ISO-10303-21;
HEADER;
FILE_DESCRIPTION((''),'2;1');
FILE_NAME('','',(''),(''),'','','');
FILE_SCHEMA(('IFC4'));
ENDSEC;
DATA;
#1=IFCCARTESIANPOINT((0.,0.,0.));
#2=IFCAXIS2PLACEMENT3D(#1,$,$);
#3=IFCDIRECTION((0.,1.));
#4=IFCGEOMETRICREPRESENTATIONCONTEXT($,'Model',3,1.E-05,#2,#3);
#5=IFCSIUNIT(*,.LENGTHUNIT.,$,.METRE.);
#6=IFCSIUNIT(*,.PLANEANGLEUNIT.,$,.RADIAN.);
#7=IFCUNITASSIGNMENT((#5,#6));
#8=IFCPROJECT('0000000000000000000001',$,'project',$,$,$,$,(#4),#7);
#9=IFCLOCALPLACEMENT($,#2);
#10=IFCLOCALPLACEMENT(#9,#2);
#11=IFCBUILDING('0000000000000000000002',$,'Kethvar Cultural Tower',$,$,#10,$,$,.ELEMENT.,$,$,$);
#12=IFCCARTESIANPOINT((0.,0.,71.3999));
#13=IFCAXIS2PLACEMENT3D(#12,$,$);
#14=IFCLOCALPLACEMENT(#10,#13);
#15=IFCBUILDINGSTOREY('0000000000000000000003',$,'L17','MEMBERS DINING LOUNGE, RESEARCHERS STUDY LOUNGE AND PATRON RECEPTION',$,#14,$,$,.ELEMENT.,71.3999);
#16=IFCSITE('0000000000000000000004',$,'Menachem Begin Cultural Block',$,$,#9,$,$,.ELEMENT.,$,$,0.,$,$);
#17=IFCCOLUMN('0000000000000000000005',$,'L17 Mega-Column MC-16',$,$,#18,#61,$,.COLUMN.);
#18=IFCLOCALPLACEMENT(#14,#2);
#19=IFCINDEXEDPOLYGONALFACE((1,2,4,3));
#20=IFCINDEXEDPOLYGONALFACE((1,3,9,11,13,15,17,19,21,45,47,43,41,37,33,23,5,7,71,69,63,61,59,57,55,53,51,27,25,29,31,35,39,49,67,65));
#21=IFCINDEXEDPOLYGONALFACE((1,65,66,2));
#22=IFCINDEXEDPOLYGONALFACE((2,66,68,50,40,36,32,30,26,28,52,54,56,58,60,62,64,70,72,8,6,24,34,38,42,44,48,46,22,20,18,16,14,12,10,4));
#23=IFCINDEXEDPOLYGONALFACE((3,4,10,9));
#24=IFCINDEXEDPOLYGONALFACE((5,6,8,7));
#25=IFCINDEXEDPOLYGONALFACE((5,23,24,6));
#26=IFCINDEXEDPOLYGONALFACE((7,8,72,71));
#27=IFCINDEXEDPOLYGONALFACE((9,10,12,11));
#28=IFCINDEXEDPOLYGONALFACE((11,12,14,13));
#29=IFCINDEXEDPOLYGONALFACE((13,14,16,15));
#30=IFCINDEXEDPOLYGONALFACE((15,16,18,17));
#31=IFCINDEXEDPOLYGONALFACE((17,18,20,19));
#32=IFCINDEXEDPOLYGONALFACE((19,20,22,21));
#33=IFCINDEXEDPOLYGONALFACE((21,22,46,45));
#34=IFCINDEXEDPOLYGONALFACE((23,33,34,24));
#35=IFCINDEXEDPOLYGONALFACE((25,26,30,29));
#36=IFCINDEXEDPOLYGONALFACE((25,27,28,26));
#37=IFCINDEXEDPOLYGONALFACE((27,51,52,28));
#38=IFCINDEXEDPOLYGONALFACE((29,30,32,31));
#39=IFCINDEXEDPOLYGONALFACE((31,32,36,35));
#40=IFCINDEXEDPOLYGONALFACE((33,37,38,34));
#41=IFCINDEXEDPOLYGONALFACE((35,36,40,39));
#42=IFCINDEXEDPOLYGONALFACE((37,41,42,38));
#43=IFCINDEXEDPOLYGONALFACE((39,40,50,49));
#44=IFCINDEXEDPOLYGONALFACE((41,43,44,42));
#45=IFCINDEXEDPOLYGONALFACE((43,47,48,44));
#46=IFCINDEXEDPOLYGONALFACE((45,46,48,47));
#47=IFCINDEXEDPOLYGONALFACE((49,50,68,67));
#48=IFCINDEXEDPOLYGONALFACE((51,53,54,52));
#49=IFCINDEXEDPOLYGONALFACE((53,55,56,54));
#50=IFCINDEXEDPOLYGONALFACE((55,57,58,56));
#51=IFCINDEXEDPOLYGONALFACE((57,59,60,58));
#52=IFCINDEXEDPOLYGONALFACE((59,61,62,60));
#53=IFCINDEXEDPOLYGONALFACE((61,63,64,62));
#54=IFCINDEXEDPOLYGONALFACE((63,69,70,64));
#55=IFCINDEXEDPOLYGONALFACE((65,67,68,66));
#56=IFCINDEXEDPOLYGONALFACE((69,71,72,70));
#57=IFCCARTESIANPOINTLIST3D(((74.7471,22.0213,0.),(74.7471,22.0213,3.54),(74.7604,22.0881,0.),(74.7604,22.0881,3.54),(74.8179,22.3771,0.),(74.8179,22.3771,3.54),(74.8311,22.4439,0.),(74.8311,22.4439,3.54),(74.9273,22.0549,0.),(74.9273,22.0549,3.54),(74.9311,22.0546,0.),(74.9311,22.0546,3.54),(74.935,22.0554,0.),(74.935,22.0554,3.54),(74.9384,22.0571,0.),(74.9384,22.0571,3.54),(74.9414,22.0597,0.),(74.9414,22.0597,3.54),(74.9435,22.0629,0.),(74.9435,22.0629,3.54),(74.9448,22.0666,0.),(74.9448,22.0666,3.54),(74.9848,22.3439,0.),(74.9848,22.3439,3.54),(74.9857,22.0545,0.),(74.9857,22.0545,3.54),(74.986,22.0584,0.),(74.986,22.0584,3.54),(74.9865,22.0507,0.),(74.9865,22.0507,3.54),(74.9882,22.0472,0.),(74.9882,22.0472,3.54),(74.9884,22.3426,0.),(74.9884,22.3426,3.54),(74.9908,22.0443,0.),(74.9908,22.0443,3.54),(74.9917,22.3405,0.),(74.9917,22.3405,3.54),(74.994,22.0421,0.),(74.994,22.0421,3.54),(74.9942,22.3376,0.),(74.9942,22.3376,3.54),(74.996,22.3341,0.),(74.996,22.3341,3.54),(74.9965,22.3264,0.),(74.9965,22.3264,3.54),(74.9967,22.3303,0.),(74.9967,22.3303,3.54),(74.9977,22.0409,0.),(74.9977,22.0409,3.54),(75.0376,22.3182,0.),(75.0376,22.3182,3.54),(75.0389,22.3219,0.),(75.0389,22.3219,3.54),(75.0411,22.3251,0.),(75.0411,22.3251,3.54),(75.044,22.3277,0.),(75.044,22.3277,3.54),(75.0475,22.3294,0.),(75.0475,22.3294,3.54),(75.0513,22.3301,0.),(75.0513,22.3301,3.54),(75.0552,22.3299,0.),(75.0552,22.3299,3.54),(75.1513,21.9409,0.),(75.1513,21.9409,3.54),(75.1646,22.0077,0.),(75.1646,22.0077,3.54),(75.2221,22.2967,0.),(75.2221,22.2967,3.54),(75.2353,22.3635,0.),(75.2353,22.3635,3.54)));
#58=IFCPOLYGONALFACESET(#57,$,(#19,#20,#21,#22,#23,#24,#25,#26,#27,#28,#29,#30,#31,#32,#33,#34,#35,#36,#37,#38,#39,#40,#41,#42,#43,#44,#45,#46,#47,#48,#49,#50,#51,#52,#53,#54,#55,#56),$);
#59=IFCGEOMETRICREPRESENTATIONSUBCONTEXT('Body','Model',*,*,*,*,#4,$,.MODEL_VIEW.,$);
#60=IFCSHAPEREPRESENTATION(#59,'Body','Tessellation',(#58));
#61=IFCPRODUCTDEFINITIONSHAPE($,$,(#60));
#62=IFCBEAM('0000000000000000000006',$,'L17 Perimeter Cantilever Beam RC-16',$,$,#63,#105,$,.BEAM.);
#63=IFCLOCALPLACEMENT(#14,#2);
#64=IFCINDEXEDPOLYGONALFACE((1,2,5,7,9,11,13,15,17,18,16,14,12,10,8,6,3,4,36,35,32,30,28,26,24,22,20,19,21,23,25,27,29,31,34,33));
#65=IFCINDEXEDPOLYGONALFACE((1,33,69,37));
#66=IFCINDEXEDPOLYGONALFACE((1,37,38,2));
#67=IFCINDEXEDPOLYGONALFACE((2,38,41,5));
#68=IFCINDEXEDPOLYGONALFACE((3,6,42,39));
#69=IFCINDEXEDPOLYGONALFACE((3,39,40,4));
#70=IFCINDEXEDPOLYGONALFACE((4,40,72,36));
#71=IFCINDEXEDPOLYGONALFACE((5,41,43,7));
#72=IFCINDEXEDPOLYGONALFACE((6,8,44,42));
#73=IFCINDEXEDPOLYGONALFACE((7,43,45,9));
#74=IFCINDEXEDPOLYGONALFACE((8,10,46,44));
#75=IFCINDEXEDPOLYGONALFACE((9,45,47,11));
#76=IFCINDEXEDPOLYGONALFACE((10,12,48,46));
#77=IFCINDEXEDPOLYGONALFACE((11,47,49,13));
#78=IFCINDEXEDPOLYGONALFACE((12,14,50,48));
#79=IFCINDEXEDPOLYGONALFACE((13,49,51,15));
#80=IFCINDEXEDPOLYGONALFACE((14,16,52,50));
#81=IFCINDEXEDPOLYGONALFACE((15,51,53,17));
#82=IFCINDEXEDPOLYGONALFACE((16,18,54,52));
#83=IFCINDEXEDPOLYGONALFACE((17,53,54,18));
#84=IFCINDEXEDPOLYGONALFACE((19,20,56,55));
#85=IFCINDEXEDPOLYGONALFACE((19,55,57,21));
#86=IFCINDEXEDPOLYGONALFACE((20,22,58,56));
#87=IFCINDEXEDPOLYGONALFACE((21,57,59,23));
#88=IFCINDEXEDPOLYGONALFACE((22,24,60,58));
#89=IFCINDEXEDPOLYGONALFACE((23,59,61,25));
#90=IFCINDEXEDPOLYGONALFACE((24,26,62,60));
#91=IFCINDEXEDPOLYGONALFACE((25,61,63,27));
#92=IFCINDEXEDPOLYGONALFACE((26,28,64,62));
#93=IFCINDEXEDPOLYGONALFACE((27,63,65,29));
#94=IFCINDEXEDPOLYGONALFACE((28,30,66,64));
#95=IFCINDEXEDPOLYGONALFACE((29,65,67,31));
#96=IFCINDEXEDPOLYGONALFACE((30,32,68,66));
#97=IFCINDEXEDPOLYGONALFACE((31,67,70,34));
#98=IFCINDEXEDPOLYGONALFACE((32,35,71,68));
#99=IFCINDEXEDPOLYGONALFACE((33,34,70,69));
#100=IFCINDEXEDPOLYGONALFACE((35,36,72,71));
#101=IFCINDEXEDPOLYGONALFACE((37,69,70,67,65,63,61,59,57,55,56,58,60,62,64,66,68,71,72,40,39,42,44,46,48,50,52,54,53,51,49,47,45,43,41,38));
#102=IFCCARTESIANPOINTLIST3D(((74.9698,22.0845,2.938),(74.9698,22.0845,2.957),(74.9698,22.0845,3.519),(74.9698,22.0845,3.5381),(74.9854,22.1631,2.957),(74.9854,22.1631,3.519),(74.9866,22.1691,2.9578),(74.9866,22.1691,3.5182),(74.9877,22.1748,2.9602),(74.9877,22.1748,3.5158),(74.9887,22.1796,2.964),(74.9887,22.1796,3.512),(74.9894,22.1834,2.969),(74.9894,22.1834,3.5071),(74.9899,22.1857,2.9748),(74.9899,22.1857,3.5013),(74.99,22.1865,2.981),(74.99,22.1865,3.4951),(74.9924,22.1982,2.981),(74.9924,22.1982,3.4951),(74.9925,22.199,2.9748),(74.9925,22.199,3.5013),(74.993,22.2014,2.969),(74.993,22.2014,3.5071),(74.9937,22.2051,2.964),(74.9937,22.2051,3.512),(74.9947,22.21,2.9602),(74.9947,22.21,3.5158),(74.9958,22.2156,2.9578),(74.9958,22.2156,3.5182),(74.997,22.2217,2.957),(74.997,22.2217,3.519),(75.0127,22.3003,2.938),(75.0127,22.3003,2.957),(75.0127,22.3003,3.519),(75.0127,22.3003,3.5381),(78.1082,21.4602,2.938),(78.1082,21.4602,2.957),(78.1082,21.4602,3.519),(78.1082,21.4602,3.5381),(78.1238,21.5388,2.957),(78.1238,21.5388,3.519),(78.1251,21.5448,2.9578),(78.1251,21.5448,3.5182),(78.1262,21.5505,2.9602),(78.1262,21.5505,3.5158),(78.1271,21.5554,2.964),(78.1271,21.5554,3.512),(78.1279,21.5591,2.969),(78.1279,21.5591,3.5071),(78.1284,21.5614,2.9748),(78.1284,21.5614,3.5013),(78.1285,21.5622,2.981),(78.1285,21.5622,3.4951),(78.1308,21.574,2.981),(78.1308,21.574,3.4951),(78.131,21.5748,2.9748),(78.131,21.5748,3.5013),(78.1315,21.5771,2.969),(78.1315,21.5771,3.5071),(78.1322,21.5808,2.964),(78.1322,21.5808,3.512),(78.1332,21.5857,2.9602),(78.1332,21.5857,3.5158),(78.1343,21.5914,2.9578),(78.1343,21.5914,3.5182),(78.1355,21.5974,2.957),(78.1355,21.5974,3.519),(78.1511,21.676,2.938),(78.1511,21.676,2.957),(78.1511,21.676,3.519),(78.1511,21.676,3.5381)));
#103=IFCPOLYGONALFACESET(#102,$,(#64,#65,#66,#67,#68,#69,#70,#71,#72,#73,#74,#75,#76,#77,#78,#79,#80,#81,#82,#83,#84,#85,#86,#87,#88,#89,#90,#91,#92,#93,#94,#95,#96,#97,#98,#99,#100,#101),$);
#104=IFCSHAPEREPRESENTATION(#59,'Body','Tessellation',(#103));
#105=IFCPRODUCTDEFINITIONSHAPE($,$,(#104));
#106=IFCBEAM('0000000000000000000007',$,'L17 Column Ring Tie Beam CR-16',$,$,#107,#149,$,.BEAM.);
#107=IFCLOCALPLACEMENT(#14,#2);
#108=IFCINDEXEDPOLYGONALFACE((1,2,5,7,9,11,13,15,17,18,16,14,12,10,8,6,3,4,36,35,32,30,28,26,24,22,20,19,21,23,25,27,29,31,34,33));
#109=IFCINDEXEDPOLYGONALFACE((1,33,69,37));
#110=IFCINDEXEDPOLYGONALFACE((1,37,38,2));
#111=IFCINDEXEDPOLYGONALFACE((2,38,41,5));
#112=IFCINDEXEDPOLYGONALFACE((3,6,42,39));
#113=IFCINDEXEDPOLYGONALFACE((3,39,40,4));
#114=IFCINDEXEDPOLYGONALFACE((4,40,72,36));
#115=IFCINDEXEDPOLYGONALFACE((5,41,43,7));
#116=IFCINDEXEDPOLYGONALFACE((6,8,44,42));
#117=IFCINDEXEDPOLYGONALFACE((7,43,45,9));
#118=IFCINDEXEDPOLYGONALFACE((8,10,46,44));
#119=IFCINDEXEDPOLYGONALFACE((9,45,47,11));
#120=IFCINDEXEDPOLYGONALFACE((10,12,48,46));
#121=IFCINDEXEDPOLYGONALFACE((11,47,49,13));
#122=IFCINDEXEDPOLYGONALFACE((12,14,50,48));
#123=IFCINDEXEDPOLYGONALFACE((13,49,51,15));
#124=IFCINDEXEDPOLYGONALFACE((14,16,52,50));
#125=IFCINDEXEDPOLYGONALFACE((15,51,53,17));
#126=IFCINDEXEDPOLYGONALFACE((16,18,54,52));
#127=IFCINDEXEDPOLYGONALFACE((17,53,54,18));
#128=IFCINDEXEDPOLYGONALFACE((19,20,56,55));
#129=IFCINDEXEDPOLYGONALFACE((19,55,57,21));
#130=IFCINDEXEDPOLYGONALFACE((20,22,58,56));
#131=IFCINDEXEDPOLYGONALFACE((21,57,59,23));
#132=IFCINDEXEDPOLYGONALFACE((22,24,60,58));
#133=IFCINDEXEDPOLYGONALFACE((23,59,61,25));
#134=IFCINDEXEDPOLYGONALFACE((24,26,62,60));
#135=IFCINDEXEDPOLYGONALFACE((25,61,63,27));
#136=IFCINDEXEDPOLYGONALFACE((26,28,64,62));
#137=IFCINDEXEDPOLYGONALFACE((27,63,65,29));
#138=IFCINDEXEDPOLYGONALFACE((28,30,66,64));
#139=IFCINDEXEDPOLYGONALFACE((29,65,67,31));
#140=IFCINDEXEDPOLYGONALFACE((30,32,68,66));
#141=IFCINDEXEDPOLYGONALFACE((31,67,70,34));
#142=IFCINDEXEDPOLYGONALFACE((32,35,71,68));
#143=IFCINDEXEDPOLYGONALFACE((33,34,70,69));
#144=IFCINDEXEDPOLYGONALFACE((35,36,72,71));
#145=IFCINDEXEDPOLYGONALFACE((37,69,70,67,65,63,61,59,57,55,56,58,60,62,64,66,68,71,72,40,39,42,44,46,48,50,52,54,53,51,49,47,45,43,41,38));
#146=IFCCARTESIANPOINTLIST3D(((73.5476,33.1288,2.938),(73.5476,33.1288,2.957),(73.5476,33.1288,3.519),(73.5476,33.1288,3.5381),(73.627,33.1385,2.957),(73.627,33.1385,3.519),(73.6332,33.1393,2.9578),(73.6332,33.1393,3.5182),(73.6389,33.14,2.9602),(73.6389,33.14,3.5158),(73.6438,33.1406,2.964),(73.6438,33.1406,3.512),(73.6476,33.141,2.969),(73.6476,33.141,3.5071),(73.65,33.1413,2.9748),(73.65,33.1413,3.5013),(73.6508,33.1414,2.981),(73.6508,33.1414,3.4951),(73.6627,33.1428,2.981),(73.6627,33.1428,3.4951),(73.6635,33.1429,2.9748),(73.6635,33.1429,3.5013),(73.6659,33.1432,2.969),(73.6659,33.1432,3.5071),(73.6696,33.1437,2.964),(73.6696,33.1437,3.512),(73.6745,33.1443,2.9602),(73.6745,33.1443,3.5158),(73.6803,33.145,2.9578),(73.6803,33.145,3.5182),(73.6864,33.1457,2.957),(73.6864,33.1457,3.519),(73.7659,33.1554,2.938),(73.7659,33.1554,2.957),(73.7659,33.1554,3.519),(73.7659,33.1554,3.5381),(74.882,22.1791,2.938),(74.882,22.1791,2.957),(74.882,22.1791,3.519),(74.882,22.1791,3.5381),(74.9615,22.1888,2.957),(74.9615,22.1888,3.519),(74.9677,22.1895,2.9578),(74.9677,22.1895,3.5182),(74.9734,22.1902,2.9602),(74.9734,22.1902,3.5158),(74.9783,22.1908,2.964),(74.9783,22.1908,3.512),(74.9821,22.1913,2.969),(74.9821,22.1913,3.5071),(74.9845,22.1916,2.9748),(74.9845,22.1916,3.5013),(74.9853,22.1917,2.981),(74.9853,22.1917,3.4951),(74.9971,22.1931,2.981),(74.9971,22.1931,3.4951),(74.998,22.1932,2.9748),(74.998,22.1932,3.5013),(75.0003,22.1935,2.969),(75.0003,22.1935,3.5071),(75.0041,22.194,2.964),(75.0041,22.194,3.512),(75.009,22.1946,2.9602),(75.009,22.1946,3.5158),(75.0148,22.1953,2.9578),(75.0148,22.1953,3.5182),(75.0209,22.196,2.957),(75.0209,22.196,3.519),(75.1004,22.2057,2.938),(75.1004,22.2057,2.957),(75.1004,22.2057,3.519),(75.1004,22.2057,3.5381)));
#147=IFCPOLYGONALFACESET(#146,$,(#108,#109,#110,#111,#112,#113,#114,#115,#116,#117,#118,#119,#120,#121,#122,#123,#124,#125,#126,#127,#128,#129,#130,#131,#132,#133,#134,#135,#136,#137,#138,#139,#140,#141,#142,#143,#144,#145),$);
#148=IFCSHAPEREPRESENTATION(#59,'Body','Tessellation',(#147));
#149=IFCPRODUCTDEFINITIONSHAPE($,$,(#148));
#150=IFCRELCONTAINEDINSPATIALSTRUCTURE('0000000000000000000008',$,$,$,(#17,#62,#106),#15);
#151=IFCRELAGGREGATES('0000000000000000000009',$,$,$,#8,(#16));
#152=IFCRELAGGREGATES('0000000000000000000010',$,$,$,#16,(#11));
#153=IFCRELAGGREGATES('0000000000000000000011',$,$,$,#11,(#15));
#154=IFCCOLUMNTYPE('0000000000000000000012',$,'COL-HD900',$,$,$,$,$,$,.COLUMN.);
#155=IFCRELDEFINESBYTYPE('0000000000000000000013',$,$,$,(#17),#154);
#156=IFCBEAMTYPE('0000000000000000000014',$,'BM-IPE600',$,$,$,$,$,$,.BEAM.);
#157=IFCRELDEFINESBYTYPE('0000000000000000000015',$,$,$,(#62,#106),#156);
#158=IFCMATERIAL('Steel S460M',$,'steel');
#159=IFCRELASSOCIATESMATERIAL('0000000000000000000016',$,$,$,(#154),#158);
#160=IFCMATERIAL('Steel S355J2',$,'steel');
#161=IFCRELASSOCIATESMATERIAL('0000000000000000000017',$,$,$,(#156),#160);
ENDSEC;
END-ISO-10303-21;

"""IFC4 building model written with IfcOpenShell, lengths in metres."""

from ifc_helpers import new_model, si_unit, direction, frame, origin, origin_2d, place, context, subcontext, project, spatial, i_section, extrude, source, transform, mapped, material, material_profile, profile_set, type_object, element, save


model = new_model("IFC4")

# Units and contexts
model_context = context("Model", 3, precision=1e-05, world=origin(), true_north=direction((0.0, 1.0)))
body_context = subcontext(model_context, "Body", "Model", "MODEL_VIEW")
ifc_project = project(units=[si_unit("LENGTHUNIT", "METRE"), si_unit("PLANEANGLEUNIT", "RADIAN")], contexts=[model_context])

# Site, building, storey
site_placement = place(None, origin())
site = spatial("IfcSite", under=ifc_project, at=site_placement, Name="Menachem Begin Cultural Block", CompositionType="ELEMENT", RefElevation=0.0)
building_placement = place(site_placement, origin())
building = spatial("IfcBuilding", under=site, at=building_placement, Name="Kethvar Cultural Tower", CompositionType="ELEMENT")
storey_placement = place(building_placement, frame((0.0, 0.0, 71.3999)))
storey = spatial("IfcBuildingStorey", under=building, at=storey_placement, Name="L17", Description="MEMBERS DINING LOUNGE, RESEARCHERS STUDY LOUNGE AND PATRON RECEPTION", CompositionType="ELEMENT", Elevation=71.3999)

# Column
ifc_material_1 = material(Name="Steel S460M", Category="steel")
ifc_material_profile_1 = material_profile(ifc_material_1, i_section(OverallWidth=0.4121, OverallDepth=0.4309, WebThickness=0.042, FlangeThickness=0.0681, FilletRadius=0.0149, at=origin_2d()), Name="Steel S460M — HD400x900")
ifc_profile_set_1 = profile_set([ifc_material_profile_1], Name="Steel S460M — HD400x900")
column_type = type_object("IfcColumnType", Name="COL-HD900", PredefinedType="COLUMN", material=ifc_profile_set_1)
shared_shape_1 = source(origin(), body_context, "Body", "SweptSolid", [
    extrude(i_section(OverallWidth=0.4121, OverallDepth=0.4309, WebThickness=0.042, FlangeThickness=0.0681, FilletRadius=0.0149, at=origin_2d()), origin(), (0.0, 0.0, 1.0), 3.54),
])
column_placement = place(storey_placement, frame((74.9912, 22.1924, 0.0), z_axis=(0.0, 0.0, 1.0), x_axis=(0.980785, -0.19509, 0.0)))
element("IfcColumn", 1, at=column_placement, inside=storey, type_object=column_type, Name="L17 Mega-Column MC-16", PredefinedType="COLUMN", context=body_context, shape_type="MappedRepresentation", body=[
    mapped(shared_shape_1, transform((0.0, 0.0, 0.0), scale=1.0)),
])

# Beams
ifc_material_2 = material(Name="Steel S355J2", Category="steel")
ifc_material_profile_2 = material_profile(ifc_material_2, i_section(OverallWidth=0.22, OverallDepth=0.6001, WebThickness=0.012, FlangeThickness=0.019, FilletRadius=0.0239, at=origin_2d()), Name="Steel S355J2 — IPE600")
ifc_profile_set_2 = profile_set([ifc_material_profile_2], Name="Steel S355J2 — IPE600")
beam_type_1 = type_object("IfcBeamType", Name="BM-IPE600", PredefinedType="BEAM", material=ifc_profile_set_2)
shared_shape_2 = source(origin(), body_context, "Body", "SweptSolid", [
    extrude(i_section(OverallWidth=0.22, OverallDepth=0.6001, WebThickness=0.012, FlangeThickness=0.019, FilletRadius=0.0239, at=origin_2d()), origin(), (0.0, 0.0, 1.0), 3.2),
])
beam_1_placement = place(storey_placement, frame((74.9912, 22.1924, 3.238), z_axis=(0.980786, -0.195089, 0.0), x_axis=(0.195089, 0.980786, 0.0)))
element("IfcBeam", 2, at=beam_1_placement, inside=storey, type_object=beam_type_1, Name="L17 Perimeter Cantilever Beam RC-16", PredefinedType="BEAM", context=body_context, shape_type="MappedRepresentation", body=[
    mapped(shared_shape_2, transform((0.0, 0.0, 0.0), scale=1.0)),
])
shared_shape_3 = source(origin(), body_context, "Body", "SweptSolid", [
    extrude(i_section(OverallWidth=0.22, OverallDepth=0.6001, WebThickness=0.012, FlangeThickness=0.019, FilletRadius=0.0239, at=origin_2d()), origin(), (0.0, 0.0, 1.0), 11.0308),
])
beam_2_placement = place(storey_placement, frame((74.9912, 22.1924, 3.238), z_axis=(-0.120978, 0.992655, 0.0), x_axis=(-0.992655, -0.120978, 0.0)))
element("IfcBeam", 3, at=beam_2_placement, inside=storey, type_object=beam_type_1, Name="L17 Column Ring Tie Beam CR-16", PredefinedType="BEAM", context=body_context, shape_type="MappedRepresentation", body=[
    mapped(shared_shape_3, transform((0.0, 0.0, 0.0), scale=1.0)),
])

save(model, "model.ifc")
